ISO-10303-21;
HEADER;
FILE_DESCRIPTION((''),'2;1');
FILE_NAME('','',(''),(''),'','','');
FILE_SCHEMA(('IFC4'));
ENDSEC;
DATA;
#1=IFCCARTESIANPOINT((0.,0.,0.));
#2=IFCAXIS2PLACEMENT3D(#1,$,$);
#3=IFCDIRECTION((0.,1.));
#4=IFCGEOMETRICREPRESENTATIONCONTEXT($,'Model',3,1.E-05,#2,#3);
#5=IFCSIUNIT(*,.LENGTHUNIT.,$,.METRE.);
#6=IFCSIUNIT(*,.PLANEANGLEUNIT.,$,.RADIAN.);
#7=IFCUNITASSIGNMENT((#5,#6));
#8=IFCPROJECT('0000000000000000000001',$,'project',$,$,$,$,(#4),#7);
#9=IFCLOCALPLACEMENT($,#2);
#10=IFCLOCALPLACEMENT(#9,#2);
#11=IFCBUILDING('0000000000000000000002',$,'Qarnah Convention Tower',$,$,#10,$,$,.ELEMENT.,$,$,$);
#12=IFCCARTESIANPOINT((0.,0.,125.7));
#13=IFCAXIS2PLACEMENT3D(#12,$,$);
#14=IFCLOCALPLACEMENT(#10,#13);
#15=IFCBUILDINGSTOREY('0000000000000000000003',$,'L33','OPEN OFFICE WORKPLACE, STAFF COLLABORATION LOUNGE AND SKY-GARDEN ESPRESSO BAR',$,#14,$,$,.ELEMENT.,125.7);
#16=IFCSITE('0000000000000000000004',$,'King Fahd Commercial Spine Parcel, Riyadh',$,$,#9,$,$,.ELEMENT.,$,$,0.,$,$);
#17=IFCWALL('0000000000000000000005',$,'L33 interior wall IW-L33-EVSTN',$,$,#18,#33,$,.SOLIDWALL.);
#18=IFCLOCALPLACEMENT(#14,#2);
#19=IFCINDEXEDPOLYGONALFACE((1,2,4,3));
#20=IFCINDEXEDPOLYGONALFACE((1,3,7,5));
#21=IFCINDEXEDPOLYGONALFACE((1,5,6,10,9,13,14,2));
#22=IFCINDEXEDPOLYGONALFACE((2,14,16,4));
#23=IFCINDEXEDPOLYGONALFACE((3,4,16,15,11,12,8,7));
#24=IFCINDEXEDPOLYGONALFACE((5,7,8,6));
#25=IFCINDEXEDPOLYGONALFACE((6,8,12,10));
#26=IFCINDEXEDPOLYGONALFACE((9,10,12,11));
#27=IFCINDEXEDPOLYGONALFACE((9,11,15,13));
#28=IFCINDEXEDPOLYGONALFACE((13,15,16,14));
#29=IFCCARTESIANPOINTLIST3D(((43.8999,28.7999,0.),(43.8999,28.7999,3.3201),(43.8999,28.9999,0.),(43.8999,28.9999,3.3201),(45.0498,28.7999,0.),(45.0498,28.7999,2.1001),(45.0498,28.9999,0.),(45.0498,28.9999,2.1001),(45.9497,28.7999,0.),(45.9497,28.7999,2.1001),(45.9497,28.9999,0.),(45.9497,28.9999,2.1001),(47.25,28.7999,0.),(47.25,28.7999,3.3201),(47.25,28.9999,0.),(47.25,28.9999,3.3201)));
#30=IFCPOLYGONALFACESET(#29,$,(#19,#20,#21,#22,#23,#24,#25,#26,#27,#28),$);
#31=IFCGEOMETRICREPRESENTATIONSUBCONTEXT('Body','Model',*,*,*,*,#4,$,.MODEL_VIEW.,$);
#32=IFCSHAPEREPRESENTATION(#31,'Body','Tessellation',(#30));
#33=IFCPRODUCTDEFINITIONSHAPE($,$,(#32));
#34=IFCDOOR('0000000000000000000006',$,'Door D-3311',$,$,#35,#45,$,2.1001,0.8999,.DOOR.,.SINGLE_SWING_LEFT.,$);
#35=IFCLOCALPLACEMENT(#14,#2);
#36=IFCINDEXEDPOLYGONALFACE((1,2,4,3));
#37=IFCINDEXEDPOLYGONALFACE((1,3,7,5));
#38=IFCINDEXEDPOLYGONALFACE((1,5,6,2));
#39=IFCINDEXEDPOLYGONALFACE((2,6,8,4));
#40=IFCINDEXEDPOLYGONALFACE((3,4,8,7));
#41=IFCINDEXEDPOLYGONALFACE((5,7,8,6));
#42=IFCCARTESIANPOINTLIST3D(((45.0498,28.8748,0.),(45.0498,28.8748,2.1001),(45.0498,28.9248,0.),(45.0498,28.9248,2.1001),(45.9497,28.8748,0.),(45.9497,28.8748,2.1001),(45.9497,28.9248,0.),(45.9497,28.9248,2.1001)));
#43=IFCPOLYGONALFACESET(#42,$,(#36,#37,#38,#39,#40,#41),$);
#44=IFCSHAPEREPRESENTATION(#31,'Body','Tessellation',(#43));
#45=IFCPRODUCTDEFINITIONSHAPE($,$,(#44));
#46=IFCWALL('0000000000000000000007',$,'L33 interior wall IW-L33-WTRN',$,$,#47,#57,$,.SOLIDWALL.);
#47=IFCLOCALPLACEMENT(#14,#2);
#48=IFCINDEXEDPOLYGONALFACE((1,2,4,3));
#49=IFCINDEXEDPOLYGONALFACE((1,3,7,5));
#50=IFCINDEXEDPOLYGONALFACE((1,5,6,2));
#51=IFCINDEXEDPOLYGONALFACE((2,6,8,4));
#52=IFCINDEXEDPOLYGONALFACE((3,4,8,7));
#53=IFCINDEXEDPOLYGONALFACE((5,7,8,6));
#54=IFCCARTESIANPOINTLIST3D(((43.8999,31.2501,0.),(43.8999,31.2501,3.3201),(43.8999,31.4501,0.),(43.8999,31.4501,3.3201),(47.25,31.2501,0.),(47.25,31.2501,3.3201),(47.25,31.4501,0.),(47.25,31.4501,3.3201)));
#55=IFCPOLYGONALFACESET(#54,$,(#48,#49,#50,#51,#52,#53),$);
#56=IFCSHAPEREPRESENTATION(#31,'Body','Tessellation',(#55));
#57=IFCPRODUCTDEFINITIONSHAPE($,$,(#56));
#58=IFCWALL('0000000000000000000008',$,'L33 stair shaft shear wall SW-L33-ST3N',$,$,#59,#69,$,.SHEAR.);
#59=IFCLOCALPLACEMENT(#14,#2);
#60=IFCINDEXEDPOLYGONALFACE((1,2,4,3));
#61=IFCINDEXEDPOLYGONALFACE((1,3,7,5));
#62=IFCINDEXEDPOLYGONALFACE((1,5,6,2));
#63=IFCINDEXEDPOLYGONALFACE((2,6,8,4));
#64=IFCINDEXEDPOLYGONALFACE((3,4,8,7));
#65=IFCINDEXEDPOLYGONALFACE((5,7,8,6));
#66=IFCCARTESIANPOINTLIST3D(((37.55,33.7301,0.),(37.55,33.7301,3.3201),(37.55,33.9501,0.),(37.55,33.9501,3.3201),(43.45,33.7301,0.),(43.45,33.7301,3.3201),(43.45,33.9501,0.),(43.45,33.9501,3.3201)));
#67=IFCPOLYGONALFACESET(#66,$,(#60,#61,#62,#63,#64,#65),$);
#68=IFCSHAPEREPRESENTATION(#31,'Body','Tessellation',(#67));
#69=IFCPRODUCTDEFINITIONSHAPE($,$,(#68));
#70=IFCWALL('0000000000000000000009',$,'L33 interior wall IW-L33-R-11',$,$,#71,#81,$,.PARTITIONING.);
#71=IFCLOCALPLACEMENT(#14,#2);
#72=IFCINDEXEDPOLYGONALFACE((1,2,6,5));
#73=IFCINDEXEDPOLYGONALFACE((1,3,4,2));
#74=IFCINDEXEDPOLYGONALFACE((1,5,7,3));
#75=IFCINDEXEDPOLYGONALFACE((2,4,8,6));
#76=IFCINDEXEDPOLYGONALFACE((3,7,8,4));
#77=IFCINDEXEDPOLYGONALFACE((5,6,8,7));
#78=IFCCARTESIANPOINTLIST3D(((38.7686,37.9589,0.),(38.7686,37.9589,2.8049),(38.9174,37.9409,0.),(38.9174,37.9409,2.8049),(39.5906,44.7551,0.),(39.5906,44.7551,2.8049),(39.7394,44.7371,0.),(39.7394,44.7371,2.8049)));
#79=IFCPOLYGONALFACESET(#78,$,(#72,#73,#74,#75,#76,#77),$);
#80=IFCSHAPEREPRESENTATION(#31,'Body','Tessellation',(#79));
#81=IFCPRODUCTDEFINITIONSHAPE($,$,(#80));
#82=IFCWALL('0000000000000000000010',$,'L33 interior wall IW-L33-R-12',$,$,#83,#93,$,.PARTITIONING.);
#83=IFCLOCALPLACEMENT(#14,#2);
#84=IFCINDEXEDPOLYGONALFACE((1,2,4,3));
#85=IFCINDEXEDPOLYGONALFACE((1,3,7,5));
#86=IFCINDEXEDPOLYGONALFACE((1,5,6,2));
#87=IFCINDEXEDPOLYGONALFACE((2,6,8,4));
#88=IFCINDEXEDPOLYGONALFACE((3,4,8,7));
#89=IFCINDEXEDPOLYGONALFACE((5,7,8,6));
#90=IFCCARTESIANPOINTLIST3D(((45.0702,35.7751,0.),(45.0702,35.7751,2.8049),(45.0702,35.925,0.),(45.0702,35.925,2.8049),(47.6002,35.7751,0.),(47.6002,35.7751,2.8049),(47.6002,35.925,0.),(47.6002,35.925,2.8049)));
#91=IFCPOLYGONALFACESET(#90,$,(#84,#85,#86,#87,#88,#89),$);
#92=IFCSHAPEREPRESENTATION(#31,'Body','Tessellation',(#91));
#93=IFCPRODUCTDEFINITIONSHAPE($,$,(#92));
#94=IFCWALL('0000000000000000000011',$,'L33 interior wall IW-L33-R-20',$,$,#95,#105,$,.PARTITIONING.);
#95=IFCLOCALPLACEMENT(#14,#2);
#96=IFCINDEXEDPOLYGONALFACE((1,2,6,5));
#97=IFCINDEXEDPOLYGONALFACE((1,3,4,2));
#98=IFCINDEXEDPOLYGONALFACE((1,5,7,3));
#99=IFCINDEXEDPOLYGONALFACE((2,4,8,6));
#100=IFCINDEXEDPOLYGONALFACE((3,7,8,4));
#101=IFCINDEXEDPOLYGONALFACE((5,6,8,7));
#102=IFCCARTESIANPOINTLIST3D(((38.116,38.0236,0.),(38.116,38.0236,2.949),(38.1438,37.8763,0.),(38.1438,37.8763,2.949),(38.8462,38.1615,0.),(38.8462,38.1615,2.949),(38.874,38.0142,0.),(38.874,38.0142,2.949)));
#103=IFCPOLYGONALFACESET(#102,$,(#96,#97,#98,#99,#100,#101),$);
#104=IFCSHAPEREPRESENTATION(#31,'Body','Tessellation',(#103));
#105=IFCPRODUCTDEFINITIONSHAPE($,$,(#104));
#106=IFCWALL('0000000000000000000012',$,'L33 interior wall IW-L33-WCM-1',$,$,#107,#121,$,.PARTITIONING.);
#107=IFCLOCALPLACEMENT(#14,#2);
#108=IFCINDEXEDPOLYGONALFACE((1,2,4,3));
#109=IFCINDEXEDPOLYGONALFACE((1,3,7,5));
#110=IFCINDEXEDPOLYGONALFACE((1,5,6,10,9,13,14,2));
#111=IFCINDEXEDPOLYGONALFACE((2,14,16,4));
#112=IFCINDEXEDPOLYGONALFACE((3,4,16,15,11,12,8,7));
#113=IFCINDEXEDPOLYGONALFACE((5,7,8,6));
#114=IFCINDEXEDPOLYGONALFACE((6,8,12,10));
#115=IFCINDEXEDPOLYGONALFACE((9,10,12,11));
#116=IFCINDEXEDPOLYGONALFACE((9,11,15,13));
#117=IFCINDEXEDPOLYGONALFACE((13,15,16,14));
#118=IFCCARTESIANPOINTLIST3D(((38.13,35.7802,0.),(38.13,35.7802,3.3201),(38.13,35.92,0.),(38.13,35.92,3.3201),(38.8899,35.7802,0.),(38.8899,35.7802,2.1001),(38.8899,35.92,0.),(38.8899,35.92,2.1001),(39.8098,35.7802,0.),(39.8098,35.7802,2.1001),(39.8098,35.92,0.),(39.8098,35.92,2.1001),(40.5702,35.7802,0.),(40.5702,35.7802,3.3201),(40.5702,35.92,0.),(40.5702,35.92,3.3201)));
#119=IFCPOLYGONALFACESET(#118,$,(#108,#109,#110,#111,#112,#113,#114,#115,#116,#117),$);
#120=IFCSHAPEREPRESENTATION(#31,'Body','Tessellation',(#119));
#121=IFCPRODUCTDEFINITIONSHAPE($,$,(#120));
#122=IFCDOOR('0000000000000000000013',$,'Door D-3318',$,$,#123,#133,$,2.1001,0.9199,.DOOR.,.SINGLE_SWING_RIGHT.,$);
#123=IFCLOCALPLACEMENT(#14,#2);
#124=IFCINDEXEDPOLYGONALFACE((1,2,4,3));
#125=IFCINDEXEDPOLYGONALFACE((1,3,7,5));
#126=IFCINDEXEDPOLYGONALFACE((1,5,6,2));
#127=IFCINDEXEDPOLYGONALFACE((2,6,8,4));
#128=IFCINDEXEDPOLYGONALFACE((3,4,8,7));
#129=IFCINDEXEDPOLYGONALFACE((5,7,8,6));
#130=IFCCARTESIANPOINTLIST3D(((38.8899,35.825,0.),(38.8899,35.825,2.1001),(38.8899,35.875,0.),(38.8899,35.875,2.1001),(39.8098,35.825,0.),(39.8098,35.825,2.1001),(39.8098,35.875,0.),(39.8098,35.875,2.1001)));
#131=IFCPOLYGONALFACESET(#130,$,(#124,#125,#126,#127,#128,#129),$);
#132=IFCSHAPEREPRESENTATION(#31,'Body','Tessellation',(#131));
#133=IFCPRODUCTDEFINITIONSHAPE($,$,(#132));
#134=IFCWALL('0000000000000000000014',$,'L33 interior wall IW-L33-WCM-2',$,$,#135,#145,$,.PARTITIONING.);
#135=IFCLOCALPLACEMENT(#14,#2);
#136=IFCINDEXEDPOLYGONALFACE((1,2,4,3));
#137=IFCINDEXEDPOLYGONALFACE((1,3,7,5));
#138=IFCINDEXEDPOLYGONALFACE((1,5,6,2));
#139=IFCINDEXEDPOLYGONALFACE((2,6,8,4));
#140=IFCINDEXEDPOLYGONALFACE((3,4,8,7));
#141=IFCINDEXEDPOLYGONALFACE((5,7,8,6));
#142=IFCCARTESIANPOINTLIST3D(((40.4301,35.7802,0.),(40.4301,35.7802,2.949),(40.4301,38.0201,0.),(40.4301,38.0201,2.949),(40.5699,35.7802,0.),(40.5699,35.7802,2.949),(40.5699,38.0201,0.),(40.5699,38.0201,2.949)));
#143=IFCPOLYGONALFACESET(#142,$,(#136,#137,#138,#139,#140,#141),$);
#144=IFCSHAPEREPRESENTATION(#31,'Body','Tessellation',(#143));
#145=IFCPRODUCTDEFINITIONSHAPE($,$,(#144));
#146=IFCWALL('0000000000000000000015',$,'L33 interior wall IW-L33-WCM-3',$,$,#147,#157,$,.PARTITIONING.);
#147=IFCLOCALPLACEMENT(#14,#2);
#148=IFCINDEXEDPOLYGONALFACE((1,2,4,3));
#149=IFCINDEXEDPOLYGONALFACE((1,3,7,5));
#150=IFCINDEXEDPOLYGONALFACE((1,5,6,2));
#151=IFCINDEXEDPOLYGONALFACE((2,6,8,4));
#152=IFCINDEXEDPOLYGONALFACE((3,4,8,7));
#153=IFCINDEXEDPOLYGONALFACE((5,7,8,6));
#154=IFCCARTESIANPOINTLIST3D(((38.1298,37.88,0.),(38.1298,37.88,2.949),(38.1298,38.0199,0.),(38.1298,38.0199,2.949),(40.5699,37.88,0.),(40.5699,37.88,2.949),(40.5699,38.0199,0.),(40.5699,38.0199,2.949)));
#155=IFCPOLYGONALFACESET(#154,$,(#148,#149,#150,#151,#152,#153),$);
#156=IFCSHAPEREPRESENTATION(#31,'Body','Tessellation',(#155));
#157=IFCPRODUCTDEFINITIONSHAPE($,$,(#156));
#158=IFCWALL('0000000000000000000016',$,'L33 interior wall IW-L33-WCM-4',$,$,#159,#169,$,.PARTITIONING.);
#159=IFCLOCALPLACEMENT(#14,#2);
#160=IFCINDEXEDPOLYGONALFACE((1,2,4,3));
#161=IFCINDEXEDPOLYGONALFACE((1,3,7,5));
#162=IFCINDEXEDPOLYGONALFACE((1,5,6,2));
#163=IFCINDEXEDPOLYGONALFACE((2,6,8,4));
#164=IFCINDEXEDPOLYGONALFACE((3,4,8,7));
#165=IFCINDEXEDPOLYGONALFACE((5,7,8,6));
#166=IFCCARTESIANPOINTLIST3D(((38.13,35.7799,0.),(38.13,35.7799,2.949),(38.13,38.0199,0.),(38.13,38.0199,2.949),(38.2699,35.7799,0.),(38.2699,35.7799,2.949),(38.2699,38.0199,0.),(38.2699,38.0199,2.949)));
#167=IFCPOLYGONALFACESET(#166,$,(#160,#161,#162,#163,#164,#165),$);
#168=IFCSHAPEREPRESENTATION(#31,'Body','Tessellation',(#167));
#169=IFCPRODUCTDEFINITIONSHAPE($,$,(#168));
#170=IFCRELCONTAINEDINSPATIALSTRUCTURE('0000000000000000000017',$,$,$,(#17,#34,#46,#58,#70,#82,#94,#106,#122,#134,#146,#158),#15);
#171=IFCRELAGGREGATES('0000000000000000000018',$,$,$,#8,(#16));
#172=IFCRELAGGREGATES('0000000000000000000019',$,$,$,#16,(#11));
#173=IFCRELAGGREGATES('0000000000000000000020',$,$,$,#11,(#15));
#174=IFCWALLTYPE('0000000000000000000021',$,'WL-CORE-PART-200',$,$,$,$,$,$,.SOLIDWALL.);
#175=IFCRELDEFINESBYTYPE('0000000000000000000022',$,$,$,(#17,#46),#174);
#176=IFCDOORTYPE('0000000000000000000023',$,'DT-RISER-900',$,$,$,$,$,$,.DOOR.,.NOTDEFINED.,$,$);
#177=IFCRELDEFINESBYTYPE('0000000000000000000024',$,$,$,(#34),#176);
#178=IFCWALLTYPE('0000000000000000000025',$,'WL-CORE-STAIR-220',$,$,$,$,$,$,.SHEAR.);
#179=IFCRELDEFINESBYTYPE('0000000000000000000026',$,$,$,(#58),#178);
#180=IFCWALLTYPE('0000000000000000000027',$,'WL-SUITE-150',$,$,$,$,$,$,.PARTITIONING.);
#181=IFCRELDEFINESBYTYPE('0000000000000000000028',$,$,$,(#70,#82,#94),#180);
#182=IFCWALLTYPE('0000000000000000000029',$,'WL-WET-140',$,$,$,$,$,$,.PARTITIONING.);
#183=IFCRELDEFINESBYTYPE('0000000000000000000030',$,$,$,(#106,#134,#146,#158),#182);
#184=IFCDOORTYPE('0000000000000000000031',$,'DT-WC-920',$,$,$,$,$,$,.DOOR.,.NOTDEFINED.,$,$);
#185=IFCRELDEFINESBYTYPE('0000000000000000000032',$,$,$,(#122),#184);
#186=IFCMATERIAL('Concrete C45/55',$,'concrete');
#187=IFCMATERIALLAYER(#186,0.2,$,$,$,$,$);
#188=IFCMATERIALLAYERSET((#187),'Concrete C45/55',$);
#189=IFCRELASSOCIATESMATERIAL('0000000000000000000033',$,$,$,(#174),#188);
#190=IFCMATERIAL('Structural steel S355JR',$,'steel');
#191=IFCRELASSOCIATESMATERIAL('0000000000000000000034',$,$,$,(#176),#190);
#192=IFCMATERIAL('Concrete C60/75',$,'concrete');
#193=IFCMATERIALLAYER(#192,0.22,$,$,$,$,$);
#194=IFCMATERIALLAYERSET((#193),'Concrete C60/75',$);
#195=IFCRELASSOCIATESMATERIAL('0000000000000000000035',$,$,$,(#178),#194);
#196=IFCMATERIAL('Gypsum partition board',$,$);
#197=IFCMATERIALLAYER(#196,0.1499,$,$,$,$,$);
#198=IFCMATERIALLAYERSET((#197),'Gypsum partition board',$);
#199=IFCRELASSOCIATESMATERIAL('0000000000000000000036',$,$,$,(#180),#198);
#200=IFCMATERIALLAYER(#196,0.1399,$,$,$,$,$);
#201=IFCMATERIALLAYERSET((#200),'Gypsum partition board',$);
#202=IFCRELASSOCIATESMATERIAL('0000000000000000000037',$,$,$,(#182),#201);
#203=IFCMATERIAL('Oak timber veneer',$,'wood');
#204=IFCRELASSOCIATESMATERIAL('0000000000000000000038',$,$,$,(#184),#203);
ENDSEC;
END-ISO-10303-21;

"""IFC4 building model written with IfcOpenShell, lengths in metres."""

from ifc_helpers import new_model, si_unit, direction, frame, frame_2d, origin, place, context, subcontext, project, spatial, rectangle, extrude, material, layer, layer_set, type_object, element, fill, save


model = new_model("IFC4")

# Units and contexts
model_context = context("Model", 3, precision=1e-05, world=origin(), true_north=direction((0.0, 1.0)))
body_context = subcontext(model_context, "Body", "Model", "MODEL_VIEW")
ifc_project = project(units=[si_unit("LENGTHUNIT", "METRE"), si_unit("PLANEANGLEUNIT", "RADIAN")], contexts=[model_context])

# Site, building, storey
site_placement = place(None, origin())
site = spatial("IfcSite", under=ifc_project, at=site_placement, Name="King Fahd Commercial Spine Parcel, Riyadh", CompositionType="ELEMENT", RefElevation=0.0)
building_placement = place(site_placement, origin())
building = spatial("IfcBuilding", under=site, at=building_placement, Name="Qarnah Convention Tower", CompositionType="ELEMENT")
storey_placement = place(building_placement, frame((0.0, 0.0, 125.7)))
storey = spatial("IfcBuildingStorey", under=building, at=storey_placement, Name="L33", Description="OPEN OFFICE WORKPLACE, STAFF COLLABORATION LOUNGE AND SKY-GARDEN ESPRESSO BAR", CompositionType="ELEMENT", Elevation=125.7)

# Shared definitions
ifc_material_1 = material(Name="Structural steel S355JR", Category="steel")

# Wall, opening, door
ifc_material_2 = material(Name="Concrete C45/55", Category="concrete")
ifc_layer_1 = layer(ifc_material_2, 0.2)
ifc_layer_set_1 = layer_set([ifc_layer_1], Name="Concrete C45/55")
wall_type_1 = type_object("IfcWallType", Name="WL-CORE-PART-200", PredefinedType="SOLIDWALL", material=ifc_layer_set_1)
wall_1_placement = place(storey_placement, frame((43.8999, 28.8999, 0.0), z_axis=(0.0, 0.0, 1.0), x_axis=(1.0, 0.0, 0.0)))
wall_1 = element("IfcWall", 1, at=wall_1_placement, inside=storey, type_object=wall_type_1, Name="L33 interior wall IW-L33-EVSTN", PredefinedType="SOLIDWALL", context=body_context, shape_type="SweptSolid", body=[
    extrude(rectangle(XDim=3.3501, YDim=0.2, at=frame_2d((1.675, 0.0))), origin(), (0.0, 0.0, 1.0), 3.3201),
])
opening_1_placement = place(wall_1_placement, frame((1.1499, 0.0, 0.0)))
opening_1 = element("IfcOpeningElement", 2, at=opening_1_placement, cuts=wall_1, PredefinedType="OPENING", context=body_context, shape_type="SweptSolid", body=[
    extrude(rectangle(XDim=0.8999, YDim=2.1001, at=frame_2d((0.45, 1.05))), frame((0.0, 0.1099, 0.0), z_axis=(0.0, -1.0, 0.0), x_axis=(1.0, 0.0, 0.0)), (0.0, 0.0, 1.0), 0.22),
])
door_type_1 = type_object("IfcDoorType", Name="DT-RISER-900", OperationType="NOTDEFINED", PredefinedType="DOOR", material=ifc_material_1)
door_1_placement = place(opening_1_placement, origin())
door_1 = element("IfcDoor", 3, at=door_1_placement, inside=storey, type_object=door_type_1, Name="Door D-3311", OperationType="SINGLE_SWING_LEFT", OverallHeight=2.1001, OverallWidth=0.8999, PredefinedType="DOOR", context=body_context, shape_type="SweptSolid", body=[
    extrude(rectangle(XDim=0.8999, YDim=2.1001, at=frame_2d((0.45, 1.05))), frame((0.0, 0.0249, 0.0), z_axis=(0.0, -1.0, 0.0), x_axis=(1.0, 0.0, 0.0)), (0.0, 0.0, 1.0), 0.05),
])
fill(opening_1, door_1)

# Walls
wall_2_placement = place(storey_placement, frame((43.8999, 31.3501, 0.0), z_axis=(0.0, 0.0, 1.0), x_axis=(1.0, 0.0, 0.0)))
element("IfcWall", 4, at=wall_2_placement, inside=storey, type_object=wall_type_1, Name="L33 interior wall IW-L33-WTRN", PredefinedType="SOLIDWALL", context=body_context, shape_type="SweptSolid", body=[
    extrude(rectangle(XDim=3.3501, YDim=0.2, at=frame_2d((1.675, 0.0))), origin(), (0.0, 0.0, 1.0), 3.3201),
])
ifc_material_3 = material(Name="Concrete C60/75", Category="concrete")
ifc_layer_2 = layer(ifc_material_3, 0.22)
ifc_layer_set_2 = layer_set([ifc_layer_2], Name="Concrete C60/75")
wall_type_2 = type_object("IfcWallType", Name="WL-CORE-STAIR-220", PredefinedType="SHEAR", material=ifc_layer_set_2)
wall_3_placement = place(storey_placement, frame((37.55, 33.8401, 0.0), z_axis=(0.0, 0.0, 1.0), x_axis=(1.0, 0.0, 0.0)))
element("IfcWall", 5, at=wall_3_placement, inside=storey, type_object=wall_type_2, Name="L33 stair shaft shear wall SW-L33-ST3N", PredefinedType="SHEAR", context=body_context, shape_type="SweptSolid", body=[
    extrude(rectangle(XDim=5.8999, YDim=0.22, at=frame_2d((2.95, 0.0))), origin(), (0.0, 0.0, 1.0), 3.3201),
])
ifc_material_4 = material(Name="Gypsum partition board")
ifc_layer_3 = layer(ifc_material_4, 0.1499)
ifc_layer_set_3 = layer_set([ifc_layer_3], Name="Gypsum partition board")
wall_type_3 = type_object("IfcWallType", Name="WL-SUITE-150", PredefinedType="PARTITIONING", material=ifc_layer_set_3)
wall_4_placement = place(storey_placement, frame((39.665, 44.7461, 0.0), z_axis=(0.0, 0.0, 1.0), x_axis=(-0.120079, -0.992764, 0.0)))
element("IfcWall", 6, at=wall_4_placement, inside=storey, type_object=wall_type_3, Name="L33 interior wall IW-L33-R-11", PredefinedType="PARTITIONING", context=body_context, shape_type="SweptSolid", body=[
    extrude(rectangle(XDim=6.8457, YDim=0.1499, at=frame_2d((3.4229, 0.0))), origin(), (0.0, 0.0, 1.0), 2.8049),
])
wall_5_placement = place(storey_placement, frame((45.0701, 35.8501, 0.0), z_axis=(0.0, 0.0, 1.0), x_axis=(1.0, 0.0, 0.0)))
element("IfcWall", 7, at=wall_5_placement, inside=storey, type_object=wall_type_3, Name="L33 interior wall IW-L33-R-12", PredefinedType="PARTITIONING", context=body_context, shape_type="SweptSolid", body=[
    extrude(rectangle(XDim=2.53, YDim=0.1499, at=frame_2d((1.2651, 0.0))), origin(), (0.0, 0.0, 1.0), 2.8049),
])
wall_6_placement = place(storey_placement, frame((38.1299, 37.95, 0.0), z_axis=(0.0, 0.0, 1.0), x_axis=(0.982622, 0.185617, 0.0)))
element("IfcWall", 8, at=wall_6_placement, inside=storey, type_object=wall_type_3, Name="L33 interior wall IW-L33-R-20", PredefinedType="PARTITIONING", context=body_context, shape_type="SweptSolid", body=[
    extrude(rectangle(XDim=0.7432, YDim=0.1499, at=frame_2d((0.3716, 0.0))), origin(), (0.0, 0.0, 1.0), 2.949),
])

# Wall, opening, door
ifc_layer_4 = layer(ifc_material_4, 0.1399)
ifc_layer_set_4 = layer_set([ifc_layer_4], Name="Gypsum partition board")
wall_type_4 = type_object("IfcWallType", Name="WL-WET-140", PredefinedType="PARTITIONING", material=ifc_layer_set_4)
wall_7_placement = place(storey_placement, frame((38.1299, 35.8501, 0.0), z_axis=(0.0, 0.0, 1.0), x_axis=(1.0, 0.0, 0.0)))
wall_7 = element("IfcWall", 9, at=wall_7_placement, inside=storey, type_object=wall_type_4, Name="L33 interior wall IW-L33-WCM-1", PredefinedType="PARTITIONING", context=body_context, shape_type="SweptSolid", body=[
    extrude(rectangle(XDim=2.4402, YDim=0.1399, at=frame_2d((1.2202, 0.0))), origin(), (0.0, 0.0, 1.0), 3.3201),
])
opening_2_placement = place(wall_7_placement, frame((0.76, 0.0, 0.0)))
opening_2 = element("IfcOpeningElement", 10, at=opening_2_placement, cuts=wall_7, PredefinedType="OPENING", context=body_context, shape_type="SweptSolid", body=[
    extrude(rectangle(XDim=0.9199, YDim=2.1001, at=frame_2d((0.46, 1.05))), frame((0.0, 0.0798, 0.0), z_axis=(0.0, -1.0, 0.0), x_axis=(1.0, 0.0, 0.0)), (0.0, 0.0, 1.0), 0.1599),
])
ifc_material_5 = material(Name="Oak timber veneer", Category="wood")
door_type_2 = type_object("IfcDoorType", Name="DT-WC-920", OperationType="NOTDEFINED", PredefinedType="DOOR", material=ifc_material_5)
door_2_placement = place(opening_2_placement, origin())
door_2 = element("IfcDoor", 11, at=door_2_placement, inside=storey, type_object=door_type_2, Name="Door D-3318", OperationType="SINGLE_SWING_RIGHT", OverallHeight=2.1001, OverallWidth=0.9199, PredefinedType="DOOR", context=body_context, shape_type="SweptSolid", body=[
    extrude(rectangle(XDim=0.9199, YDim=2.1001, at=frame_2d((0.46, 1.05))), frame((0.0, 0.0249, 0.0), z_axis=(0.0, -1.0, 0.0), x_axis=(1.0, 0.0, 0.0)), (0.0, 0.0, 1.0), 0.05),
])
fill(opening_2, door_2)

# Walls
wall_8_placement = place(storey_placement, frame((40.5, 35.78, 0.0), z_axis=(0.0, 0.0, 1.0), x_axis=(0.0, 1.0, 0.0)))
element("IfcWall", 12, at=wall_8_placement, inside=storey, type_object=wall_type_4, Name="L33 interior wall IW-L33-WCM-2", PredefinedType="PARTITIONING", context=body_context, shape_type="SweptSolid", body=[
    extrude(rectangle(XDim=2.24, YDim=0.1399, at=frame_2d((1.1201, 0.0))), origin(), (0.0, 0.0, 1.0), 2.949),
])
wall_9_placement = place(storey_placement, frame((40.5701, 37.95, 0.0), z_axis=(0.0, 0.0, 1.0), x_axis=(-1.0, 0.0, 0.0)))
element("IfcWall", 13, at=wall_9_placement, inside=storey, type_object=wall_type_4, Name="L33 interior wall IW-L33-WCM-3", PredefinedType="PARTITIONING", context=body_context, shape_type="SweptSolid", body=[
    extrude(rectangle(XDim=2.4402, YDim=0.1399, at=frame_2d((1.2202, 0.0))), origin(), (0.0, 0.0, 1.0), 2.949),
])
wall_10_placement = place(storey_placement, frame((38.2, 38.02, 0.0), z_axis=(0.0, 0.0, 1.0), x_axis=(0.0, -1.0, 0.0)))
element("IfcWall", 14, at=wall_10_placement, inside=storey, type_object=wall_type_4, Name="L33 interior wall IW-L33-WCM-4", PredefinedType="PARTITIONING", context=body_context, shape_type="SweptSolid", body=[
    extrude(rectangle(XDim=2.24, YDim=0.1399, at=frame_2d((1.1201, 0.0))), origin(), (0.0, 0.0, 1.0), 2.949),
])

save(model, "model.ifc")
